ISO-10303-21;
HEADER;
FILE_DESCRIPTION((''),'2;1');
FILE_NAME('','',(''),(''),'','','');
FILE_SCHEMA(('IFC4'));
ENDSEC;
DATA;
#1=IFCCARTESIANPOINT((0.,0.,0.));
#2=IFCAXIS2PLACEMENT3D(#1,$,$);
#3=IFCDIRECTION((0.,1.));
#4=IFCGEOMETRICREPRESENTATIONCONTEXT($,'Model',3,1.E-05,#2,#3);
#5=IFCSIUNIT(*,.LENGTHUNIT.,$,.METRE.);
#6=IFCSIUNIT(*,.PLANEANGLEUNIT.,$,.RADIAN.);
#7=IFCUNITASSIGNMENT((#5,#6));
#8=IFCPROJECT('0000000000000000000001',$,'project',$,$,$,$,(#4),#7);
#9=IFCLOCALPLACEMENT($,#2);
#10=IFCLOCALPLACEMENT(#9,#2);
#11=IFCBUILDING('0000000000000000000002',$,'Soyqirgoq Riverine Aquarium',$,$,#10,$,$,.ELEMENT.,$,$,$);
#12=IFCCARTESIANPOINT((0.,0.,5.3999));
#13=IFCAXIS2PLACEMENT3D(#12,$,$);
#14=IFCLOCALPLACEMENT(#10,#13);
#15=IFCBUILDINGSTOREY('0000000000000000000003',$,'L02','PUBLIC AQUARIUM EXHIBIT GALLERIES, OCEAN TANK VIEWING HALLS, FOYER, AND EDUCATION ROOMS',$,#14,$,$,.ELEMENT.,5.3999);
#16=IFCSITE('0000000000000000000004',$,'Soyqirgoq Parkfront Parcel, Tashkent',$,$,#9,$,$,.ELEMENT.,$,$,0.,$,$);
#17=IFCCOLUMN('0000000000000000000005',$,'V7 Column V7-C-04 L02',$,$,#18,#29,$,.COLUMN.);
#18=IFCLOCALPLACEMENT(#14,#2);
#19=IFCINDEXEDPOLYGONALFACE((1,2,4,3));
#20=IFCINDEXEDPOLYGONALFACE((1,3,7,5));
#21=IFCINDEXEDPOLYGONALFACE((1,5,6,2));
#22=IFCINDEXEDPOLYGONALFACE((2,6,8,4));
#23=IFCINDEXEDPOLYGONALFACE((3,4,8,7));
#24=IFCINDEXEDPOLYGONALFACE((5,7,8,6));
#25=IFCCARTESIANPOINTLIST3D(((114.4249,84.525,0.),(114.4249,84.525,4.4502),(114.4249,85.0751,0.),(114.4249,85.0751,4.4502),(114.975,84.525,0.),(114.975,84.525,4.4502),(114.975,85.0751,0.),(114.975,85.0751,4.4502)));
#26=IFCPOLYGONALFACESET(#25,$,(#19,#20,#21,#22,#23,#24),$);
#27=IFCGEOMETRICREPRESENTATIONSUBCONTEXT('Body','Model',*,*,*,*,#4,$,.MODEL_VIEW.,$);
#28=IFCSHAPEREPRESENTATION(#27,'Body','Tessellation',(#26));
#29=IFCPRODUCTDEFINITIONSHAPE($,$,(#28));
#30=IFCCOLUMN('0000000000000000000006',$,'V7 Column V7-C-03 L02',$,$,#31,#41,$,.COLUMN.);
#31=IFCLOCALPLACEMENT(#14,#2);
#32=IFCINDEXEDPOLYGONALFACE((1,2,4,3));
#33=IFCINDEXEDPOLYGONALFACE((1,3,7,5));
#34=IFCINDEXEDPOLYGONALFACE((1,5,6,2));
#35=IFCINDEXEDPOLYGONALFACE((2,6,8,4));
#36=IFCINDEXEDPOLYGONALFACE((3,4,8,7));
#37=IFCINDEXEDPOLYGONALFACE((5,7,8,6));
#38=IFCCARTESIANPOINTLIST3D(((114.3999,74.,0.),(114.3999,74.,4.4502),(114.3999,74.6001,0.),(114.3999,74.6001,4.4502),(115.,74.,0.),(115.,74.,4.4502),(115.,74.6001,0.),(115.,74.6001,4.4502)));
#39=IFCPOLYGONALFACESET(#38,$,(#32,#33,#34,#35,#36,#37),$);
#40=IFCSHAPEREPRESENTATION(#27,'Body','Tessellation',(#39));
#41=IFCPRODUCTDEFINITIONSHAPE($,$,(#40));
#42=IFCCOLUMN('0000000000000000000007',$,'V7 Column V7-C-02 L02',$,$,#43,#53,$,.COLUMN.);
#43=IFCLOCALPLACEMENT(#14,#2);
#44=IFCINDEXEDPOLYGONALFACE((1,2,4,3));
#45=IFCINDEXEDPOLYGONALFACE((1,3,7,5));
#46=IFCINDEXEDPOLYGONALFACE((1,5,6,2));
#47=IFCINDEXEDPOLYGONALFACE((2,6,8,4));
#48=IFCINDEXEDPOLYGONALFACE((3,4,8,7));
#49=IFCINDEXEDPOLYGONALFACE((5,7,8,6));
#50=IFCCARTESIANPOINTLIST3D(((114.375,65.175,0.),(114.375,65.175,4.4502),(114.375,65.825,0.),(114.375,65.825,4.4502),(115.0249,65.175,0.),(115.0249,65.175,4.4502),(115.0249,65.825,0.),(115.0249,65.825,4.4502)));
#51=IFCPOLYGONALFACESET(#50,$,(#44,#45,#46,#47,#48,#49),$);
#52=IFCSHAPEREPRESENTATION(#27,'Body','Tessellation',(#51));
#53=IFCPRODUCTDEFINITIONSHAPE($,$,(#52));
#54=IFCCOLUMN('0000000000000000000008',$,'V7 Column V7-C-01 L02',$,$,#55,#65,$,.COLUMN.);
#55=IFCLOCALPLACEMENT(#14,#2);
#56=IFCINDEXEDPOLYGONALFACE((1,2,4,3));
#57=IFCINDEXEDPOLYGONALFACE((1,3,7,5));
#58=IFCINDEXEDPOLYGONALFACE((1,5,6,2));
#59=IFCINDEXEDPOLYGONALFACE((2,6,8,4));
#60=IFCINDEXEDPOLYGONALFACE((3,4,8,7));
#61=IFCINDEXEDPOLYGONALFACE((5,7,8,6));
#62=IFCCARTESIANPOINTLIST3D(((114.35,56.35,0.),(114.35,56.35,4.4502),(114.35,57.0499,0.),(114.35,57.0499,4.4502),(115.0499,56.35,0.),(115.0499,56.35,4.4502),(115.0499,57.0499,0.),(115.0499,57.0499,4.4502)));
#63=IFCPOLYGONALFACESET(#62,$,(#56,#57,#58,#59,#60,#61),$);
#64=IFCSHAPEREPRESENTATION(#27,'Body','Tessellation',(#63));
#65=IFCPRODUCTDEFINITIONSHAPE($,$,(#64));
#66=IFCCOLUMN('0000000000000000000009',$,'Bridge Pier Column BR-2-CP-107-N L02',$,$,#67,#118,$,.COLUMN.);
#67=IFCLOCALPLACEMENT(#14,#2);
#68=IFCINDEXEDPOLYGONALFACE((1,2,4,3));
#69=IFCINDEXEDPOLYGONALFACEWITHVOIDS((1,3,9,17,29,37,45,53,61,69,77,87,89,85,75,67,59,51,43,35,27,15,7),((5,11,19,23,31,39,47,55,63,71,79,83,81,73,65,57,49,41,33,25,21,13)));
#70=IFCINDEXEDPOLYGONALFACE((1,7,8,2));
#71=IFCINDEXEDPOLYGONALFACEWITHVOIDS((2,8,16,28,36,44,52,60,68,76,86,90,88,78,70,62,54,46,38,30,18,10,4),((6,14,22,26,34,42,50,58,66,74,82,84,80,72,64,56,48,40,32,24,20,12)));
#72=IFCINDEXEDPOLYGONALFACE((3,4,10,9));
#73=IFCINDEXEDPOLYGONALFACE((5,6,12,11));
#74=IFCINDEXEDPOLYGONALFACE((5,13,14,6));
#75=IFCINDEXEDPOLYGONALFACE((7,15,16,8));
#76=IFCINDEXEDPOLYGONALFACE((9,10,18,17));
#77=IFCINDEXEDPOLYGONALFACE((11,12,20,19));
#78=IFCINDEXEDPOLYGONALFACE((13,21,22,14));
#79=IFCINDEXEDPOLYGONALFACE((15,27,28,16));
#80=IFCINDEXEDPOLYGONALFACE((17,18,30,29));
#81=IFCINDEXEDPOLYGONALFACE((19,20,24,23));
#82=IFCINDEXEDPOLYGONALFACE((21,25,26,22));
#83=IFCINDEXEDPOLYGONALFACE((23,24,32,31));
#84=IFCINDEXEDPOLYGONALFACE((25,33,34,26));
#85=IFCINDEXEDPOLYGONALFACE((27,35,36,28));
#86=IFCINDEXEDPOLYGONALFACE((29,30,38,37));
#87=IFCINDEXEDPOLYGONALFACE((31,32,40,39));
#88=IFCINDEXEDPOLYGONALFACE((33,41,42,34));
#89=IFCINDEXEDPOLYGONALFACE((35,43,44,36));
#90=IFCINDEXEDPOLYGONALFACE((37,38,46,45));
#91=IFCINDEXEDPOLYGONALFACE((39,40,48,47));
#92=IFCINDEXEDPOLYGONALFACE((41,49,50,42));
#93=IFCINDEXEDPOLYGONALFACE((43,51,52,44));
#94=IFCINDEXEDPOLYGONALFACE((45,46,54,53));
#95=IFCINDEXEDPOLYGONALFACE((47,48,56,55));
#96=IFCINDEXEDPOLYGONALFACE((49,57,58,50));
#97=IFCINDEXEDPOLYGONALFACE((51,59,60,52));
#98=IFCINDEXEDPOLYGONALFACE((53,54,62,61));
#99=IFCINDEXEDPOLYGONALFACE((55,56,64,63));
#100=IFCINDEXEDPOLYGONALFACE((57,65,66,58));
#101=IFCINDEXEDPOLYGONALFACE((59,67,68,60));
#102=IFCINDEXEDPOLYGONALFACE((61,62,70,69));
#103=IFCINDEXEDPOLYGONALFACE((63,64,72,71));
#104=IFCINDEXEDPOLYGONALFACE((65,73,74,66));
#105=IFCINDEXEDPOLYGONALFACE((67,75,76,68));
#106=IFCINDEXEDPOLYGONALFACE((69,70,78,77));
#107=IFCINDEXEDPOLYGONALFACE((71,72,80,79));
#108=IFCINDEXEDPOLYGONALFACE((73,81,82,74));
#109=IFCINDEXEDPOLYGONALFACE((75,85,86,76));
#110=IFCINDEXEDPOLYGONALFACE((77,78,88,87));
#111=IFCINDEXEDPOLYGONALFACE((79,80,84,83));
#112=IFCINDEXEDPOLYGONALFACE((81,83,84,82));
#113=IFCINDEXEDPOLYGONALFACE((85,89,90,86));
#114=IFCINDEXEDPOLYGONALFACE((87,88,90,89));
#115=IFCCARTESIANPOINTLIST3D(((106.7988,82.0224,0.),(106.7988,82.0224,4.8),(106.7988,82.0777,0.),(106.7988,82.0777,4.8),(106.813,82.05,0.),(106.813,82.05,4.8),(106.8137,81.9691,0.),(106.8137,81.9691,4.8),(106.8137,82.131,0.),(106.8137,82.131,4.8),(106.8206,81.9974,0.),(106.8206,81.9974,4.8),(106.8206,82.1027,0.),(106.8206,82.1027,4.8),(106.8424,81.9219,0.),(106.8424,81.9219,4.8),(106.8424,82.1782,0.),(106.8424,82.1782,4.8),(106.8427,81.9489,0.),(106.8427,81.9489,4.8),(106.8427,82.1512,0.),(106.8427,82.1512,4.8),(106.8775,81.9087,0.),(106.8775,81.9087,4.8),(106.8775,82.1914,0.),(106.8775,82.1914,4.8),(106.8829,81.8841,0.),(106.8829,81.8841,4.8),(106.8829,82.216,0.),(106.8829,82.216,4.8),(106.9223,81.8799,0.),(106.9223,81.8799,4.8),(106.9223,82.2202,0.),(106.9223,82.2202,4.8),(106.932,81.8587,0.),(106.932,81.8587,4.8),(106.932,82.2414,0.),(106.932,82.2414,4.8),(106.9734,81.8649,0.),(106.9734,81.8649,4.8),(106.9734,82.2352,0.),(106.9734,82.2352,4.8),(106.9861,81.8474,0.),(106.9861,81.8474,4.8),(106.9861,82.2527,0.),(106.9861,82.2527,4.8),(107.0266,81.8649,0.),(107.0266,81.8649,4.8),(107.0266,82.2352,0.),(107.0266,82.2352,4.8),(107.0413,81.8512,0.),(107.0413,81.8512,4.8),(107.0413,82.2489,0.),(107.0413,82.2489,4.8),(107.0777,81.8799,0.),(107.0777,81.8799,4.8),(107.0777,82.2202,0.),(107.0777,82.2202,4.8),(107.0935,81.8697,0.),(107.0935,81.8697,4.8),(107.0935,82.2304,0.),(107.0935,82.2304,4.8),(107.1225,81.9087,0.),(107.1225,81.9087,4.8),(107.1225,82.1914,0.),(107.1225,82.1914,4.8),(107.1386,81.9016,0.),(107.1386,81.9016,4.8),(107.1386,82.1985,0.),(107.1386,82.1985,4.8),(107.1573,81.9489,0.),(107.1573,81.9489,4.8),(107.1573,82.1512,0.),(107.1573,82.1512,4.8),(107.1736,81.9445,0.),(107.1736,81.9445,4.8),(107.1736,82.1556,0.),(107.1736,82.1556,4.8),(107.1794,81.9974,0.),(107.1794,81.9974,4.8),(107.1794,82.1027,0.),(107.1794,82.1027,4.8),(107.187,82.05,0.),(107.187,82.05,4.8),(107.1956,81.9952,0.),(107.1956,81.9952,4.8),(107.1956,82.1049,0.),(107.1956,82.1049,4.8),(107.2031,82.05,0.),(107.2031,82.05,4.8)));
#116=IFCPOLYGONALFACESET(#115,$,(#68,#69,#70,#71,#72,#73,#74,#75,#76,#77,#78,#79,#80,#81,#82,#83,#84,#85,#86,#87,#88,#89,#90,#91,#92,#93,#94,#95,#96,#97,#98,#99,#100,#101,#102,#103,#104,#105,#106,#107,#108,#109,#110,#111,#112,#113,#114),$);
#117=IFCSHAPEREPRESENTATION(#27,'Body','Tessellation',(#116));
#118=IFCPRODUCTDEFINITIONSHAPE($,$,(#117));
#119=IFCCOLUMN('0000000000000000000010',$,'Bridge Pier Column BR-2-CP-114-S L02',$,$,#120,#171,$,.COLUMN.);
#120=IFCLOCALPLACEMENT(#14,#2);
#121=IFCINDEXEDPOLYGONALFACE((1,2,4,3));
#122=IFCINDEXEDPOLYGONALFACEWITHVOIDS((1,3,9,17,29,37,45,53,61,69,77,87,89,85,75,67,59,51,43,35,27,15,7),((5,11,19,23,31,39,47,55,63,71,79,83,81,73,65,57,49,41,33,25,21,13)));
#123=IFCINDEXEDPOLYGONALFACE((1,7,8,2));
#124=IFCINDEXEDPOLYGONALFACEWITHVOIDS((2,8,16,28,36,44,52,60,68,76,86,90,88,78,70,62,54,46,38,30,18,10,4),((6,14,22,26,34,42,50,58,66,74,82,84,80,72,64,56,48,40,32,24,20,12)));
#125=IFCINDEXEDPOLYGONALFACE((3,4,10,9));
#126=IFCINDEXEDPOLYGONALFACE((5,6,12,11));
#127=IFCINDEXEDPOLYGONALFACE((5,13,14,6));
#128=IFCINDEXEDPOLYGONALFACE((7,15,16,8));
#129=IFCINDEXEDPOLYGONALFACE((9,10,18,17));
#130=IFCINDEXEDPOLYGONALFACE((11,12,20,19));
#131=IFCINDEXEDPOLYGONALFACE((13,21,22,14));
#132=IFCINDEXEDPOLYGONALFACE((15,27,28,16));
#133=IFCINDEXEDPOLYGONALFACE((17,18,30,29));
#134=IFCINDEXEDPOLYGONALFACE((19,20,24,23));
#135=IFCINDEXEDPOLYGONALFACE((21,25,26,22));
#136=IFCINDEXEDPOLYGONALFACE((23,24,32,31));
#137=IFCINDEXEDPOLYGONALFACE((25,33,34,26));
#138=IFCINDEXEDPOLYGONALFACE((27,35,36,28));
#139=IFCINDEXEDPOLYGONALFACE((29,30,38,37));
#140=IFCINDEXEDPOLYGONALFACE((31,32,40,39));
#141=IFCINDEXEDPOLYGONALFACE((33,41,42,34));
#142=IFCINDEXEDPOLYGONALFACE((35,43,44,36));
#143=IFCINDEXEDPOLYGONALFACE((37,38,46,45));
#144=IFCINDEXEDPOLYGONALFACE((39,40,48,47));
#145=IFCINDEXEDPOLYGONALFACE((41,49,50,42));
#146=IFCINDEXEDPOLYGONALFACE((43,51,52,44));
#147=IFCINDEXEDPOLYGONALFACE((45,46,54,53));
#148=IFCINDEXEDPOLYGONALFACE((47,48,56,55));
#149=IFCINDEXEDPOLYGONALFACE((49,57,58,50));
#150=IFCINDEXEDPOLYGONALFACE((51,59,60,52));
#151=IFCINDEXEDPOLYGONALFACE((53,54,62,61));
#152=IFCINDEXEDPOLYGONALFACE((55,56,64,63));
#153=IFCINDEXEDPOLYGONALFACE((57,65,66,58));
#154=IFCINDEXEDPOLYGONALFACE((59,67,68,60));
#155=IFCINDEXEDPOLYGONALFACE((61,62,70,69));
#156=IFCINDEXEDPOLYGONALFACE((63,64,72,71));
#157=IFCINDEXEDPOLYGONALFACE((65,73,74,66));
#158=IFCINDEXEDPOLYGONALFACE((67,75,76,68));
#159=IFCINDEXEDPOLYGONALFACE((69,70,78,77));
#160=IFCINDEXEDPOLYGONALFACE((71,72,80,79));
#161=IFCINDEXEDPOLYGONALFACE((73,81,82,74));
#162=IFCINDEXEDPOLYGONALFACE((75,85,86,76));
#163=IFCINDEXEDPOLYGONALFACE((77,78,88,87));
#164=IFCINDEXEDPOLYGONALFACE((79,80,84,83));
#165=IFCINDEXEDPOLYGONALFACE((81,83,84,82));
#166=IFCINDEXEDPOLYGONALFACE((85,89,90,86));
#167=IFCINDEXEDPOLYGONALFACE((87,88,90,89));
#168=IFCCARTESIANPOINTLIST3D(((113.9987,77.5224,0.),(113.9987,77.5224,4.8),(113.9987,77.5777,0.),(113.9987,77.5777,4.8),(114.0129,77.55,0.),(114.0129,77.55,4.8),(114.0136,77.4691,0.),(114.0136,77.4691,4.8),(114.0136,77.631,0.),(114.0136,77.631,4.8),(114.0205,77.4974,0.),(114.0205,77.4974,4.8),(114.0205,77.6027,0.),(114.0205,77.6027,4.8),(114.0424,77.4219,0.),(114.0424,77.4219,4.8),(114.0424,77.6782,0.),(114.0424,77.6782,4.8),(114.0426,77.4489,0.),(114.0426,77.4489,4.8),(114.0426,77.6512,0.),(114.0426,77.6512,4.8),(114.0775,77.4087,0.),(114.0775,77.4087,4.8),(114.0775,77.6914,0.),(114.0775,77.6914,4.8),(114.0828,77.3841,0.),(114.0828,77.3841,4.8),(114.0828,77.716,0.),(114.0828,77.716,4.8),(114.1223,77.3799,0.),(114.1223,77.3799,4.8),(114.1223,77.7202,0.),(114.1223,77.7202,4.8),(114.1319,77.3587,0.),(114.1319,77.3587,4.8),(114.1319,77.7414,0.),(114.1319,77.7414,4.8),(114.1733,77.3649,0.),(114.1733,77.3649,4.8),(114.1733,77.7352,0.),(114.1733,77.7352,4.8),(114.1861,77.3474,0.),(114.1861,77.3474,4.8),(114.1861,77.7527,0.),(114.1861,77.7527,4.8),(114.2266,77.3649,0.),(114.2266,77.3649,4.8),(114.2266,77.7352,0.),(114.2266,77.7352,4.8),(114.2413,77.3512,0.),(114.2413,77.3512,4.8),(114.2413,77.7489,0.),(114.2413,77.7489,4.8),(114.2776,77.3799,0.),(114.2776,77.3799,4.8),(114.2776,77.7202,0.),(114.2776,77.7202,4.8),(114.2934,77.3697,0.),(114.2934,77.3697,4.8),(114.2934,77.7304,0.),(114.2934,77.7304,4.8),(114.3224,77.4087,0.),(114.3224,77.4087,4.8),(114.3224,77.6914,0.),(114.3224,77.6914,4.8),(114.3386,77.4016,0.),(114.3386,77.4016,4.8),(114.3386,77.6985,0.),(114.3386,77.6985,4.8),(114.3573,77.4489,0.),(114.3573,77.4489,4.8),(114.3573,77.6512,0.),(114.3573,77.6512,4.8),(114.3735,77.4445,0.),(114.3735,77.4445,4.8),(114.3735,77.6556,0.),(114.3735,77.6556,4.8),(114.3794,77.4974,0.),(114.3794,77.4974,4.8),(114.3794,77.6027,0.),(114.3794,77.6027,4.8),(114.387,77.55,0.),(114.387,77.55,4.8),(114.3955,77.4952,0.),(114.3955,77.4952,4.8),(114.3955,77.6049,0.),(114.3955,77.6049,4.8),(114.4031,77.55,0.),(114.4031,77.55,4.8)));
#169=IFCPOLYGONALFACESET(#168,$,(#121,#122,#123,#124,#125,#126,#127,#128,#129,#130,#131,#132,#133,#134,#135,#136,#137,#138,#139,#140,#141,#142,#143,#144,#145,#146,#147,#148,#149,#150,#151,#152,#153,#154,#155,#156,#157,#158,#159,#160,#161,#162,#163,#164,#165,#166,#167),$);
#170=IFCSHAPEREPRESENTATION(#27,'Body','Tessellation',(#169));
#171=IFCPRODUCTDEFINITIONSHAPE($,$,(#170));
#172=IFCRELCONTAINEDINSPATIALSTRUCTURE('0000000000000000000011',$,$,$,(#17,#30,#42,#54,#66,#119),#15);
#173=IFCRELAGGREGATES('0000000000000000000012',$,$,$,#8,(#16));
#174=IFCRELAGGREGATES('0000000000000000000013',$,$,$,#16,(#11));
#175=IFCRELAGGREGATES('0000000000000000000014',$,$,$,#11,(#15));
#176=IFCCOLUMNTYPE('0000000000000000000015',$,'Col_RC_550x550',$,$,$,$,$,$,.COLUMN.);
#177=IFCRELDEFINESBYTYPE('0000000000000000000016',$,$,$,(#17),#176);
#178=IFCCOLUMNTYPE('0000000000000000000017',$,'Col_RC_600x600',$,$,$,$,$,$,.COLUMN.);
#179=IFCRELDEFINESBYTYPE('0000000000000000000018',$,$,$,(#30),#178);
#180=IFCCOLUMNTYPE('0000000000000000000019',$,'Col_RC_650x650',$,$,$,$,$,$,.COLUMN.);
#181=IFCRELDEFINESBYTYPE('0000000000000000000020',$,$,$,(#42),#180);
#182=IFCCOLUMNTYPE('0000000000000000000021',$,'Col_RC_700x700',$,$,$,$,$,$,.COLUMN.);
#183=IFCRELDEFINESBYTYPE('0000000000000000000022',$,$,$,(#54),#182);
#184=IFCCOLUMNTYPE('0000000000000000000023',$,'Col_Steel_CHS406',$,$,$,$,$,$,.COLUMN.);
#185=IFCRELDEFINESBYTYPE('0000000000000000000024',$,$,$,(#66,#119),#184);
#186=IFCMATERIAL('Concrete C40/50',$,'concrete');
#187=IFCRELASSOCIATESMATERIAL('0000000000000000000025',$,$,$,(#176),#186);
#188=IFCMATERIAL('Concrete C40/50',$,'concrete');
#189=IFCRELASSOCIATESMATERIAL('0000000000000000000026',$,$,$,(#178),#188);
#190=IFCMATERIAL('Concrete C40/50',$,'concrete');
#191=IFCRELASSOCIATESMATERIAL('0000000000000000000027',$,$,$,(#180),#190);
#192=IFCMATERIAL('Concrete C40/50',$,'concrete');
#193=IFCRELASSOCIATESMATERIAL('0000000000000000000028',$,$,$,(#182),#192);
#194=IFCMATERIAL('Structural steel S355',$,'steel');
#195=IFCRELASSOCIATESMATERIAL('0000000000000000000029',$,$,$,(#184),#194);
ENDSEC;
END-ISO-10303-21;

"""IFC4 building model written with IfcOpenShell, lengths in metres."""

from ifc_helpers import new_model, si_unit, direction, frame, origin, origin_2d, place, context, subcontext, project, spatial, rectangle, hollow_circle, extrude, material, material_profile, profile_set, type_object, element, save


model = new_model("IFC4")

# Units and contexts
model_context = context("Model", 3, precision=1e-05, world=origin(), true_north=direction((0.0, 1.0)))
body_context = subcontext(model_context, "Body", "Model", "MODEL_VIEW")
ifc_project = project(units=[si_unit("LENGTHUNIT", "METRE"), si_unit("PLANEANGLEUNIT", "RADIAN")], contexts=[model_context])

# Site, building, storey
site_placement = place(None, origin())
site = spatial("IfcSite", under=ifc_project, at=site_placement, Name="Soyqirgoq Parkfront Parcel, Tashkent", CompositionType="ELEMENT", RefElevation=0.0)
building_placement = place(site_placement, origin())
building = spatial("IfcBuilding", under=site, at=building_placement, Name="Soyqirgoq Riverine Aquarium", CompositionType="ELEMENT")
storey_placement = place(building_placement, frame((0.0, 0.0, 5.3999)))
storey = spatial("IfcBuildingStorey", under=building, at=storey_placement, Name="L02", Description="PUBLIC AQUARIUM EXHIBIT GALLERIES, OCEAN TANK VIEWING HALLS, FOYER, AND EDUCATION ROOMS", CompositionType="ELEMENT", Elevation=5.3999)

# Columns
ifc_material_1 = material(Name="Concrete C40/50", Category="concrete")
ifc_material_profile_1 = material_profile(ifc_material_1, rectangle(XDim=0.55, YDim=0.55, at=origin_2d()), Name="RC 550x550")
ifc_profile_set_1 = profile_set([ifc_material_profile_1], Name="Concrete C40/50")
column_type_1 = type_object("IfcColumnType", Name="Col_RC_550x550", PredefinedType="COLUMN", material=ifc_profile_set_1)
column_1_placement = place(storey_placement, frame((114.7, 84.8, 0.0), z_axis=(0.0, 0.0, 1.0), x_axis=(1.0, 0.0, 0.0)))
element("IfcColumn", 1, at=column_1_placement, inside=storey, type_object=column_type_1, Name="V7 Column V7-C-04 L02", PredefinedType="COLUMN", context=body_context, shape_type="SweptSolid", body=[
    extrude(rectangle(XDim=0.55, YDim=0.55, at=origin_2d()), origin(), (0.0, 0.0, 1.0), 4.4502),
])
ifc_material_2 = material(Name="Concrete C40/50", Category="concrete")
ifc_material_profile_2 = material_profile(ifc_material_2, rectangle(XDim=0.6001, YDim=0.6001, at=origin_2d()), Name="RC 600x600")
ifc_profile_set_2 = profile_set([ifc_material_profile_2], Name="Concrete C40/50")
column_type_2 = type_object("IfcColumnType", Name="Col_RC_600x600", PredefinedType="COLUMN", material=ifc_profile_set_2)
column_2_placement = place(storey_placement, frame((114.7, 74.3, 0.0), z_axis=(0.0, 0.0, 1.0), x_axis=(1.0, 0.0, 0.0)))
element("IfcColumn", 2, at=column_2_placement, inside=storey, type_object=column_type_2, Name="V7 Column V7-C-03 L02", PredefinedType="COLUMN", context=body_context, shape_type="SweptSolid", body=[
    extrude(rectangle(XDim=0.6001, YDim=0.6001, at=origin_2d()), origin(), (0.0, 0.0, 1.0), 4.4502),
])
ifc_material_3 = material(Name="Concrete C40/50", Category="concrete")
ifc_material_profile_3 = material_profile(ifc_material_3, rectangle(XDim=0.6499, YDim=0.6499, at=origin_2d()), Name="RC 650x650")
ifc_profile_set_3 = profile_set([ifc_material_profile_3], Name="Concrete C40/50")
column_type_3 = type_object("IfcColumnType", Name="Col_RC_650x650", PredefinedType="COLUMN", material=ifc_profile_set_3)
column_3_placement = place(storey_placement, frame((114.7, 65.5, 0.0), z_axis=(0.0, 0.0, 1.0), x_axis=(1.0, 0.0, 0.0)))
element("IfcColumn", 3, at=column_3_placement, inside=storey, type_object=column_type_3, Name="V7 Column V7-C-02 L02", PredefinedType="COLUMN", context=body_context, shape_type="SweptSolid", body=[
    extrude(rectangle(XDim=0.6499, YDim=0.6499, at=origin_2d()), origin(), (0.0, 0.0, 1.0), 4.4502),
])
ifc_material_4 = material(Name="Concrete C40/50", Category="concrete")
ifc_material_profile_4 = material_profile(ifc_material_4, rectangle(XDim=0.7, YDim=0.7, at=origin_2d()), Name="RC 700x700")
ifc_profile_set_4 = profile_set([ifc_material_profile_4], Name="Concrete C40/50")
column_type_4 = type_object("IfcColumnType", Name="Col_RC_700x700", PredefinedType="COLUMN", material=ifc_profile_set_4)
column_4_placement = place(storey_placement, frame((114.7, 56.7, 0.0), z_axis=(0.0, 0.0, 1.0), x_axis=(1.0, 0.0, 0.0)))
element("IfcColumn", 4, at=column_4_placement, inside=storey, type_object=column_type_4, Name="V7 Column V7-C-01 L02", PredefinedType="COLUMN", context=body_context, shape_type="SweptSolid", body=[
    extrude(rectangle(XDim=0.7, YDim=0.7, at=origin_2d()), origin(), (0.0, 0.0, 1.0), 4.4502),
])
ifc_material_5 = material(Name="Structural steel S355", Category="steel")
ifc_material_profile_5 = material_profile(ifc_material_5, hollow_circle(Radius=0.2031, WallThickness=0.0161, at=origin_2d()), Name="CHS 406.4x16")
ifc_profile_set_5 = profile_set([ifc_material_profile_5], Name="Structural steel S355")
column_type_5 = type_object("IfcColumnType", Name="Col_Steel_CHS406", PredefinedType="COLUMN", material=ifc_profile_set_5)
for number, where, z_axis, x_axis, name in (
    (5, (107.0, 82.05, 0.0), (0.0, 0.0, 1.0), (1.0, 0.0, 0.0), "Bridge Pier Column BR-2-CP-107-N L02"),
    (6, (114.2, 77.55, 0.0), (0.0, 0.0, 1.0), (1.0, 0.0, 0.0), "Bridge Pier Column BR-2-CP-114-S L02"),
):
    element("IfcColumn", number, at=place(storey_placement, frame(where, z_axis=z_axis, x_axis=x_axis)), inside=storey, type_object=column_type_5, Name=name, PredefinedType="COLUMN", context=body_context, shape_type="SweptSolid", body=[
        extrude(hollow_circle(Radius=0.2031, WallThickness=0.0161, at=origin_2d()), origin(), (0.0, 0.0, 1.0), 4.8),
    ])

save(model, "model.ifc")
